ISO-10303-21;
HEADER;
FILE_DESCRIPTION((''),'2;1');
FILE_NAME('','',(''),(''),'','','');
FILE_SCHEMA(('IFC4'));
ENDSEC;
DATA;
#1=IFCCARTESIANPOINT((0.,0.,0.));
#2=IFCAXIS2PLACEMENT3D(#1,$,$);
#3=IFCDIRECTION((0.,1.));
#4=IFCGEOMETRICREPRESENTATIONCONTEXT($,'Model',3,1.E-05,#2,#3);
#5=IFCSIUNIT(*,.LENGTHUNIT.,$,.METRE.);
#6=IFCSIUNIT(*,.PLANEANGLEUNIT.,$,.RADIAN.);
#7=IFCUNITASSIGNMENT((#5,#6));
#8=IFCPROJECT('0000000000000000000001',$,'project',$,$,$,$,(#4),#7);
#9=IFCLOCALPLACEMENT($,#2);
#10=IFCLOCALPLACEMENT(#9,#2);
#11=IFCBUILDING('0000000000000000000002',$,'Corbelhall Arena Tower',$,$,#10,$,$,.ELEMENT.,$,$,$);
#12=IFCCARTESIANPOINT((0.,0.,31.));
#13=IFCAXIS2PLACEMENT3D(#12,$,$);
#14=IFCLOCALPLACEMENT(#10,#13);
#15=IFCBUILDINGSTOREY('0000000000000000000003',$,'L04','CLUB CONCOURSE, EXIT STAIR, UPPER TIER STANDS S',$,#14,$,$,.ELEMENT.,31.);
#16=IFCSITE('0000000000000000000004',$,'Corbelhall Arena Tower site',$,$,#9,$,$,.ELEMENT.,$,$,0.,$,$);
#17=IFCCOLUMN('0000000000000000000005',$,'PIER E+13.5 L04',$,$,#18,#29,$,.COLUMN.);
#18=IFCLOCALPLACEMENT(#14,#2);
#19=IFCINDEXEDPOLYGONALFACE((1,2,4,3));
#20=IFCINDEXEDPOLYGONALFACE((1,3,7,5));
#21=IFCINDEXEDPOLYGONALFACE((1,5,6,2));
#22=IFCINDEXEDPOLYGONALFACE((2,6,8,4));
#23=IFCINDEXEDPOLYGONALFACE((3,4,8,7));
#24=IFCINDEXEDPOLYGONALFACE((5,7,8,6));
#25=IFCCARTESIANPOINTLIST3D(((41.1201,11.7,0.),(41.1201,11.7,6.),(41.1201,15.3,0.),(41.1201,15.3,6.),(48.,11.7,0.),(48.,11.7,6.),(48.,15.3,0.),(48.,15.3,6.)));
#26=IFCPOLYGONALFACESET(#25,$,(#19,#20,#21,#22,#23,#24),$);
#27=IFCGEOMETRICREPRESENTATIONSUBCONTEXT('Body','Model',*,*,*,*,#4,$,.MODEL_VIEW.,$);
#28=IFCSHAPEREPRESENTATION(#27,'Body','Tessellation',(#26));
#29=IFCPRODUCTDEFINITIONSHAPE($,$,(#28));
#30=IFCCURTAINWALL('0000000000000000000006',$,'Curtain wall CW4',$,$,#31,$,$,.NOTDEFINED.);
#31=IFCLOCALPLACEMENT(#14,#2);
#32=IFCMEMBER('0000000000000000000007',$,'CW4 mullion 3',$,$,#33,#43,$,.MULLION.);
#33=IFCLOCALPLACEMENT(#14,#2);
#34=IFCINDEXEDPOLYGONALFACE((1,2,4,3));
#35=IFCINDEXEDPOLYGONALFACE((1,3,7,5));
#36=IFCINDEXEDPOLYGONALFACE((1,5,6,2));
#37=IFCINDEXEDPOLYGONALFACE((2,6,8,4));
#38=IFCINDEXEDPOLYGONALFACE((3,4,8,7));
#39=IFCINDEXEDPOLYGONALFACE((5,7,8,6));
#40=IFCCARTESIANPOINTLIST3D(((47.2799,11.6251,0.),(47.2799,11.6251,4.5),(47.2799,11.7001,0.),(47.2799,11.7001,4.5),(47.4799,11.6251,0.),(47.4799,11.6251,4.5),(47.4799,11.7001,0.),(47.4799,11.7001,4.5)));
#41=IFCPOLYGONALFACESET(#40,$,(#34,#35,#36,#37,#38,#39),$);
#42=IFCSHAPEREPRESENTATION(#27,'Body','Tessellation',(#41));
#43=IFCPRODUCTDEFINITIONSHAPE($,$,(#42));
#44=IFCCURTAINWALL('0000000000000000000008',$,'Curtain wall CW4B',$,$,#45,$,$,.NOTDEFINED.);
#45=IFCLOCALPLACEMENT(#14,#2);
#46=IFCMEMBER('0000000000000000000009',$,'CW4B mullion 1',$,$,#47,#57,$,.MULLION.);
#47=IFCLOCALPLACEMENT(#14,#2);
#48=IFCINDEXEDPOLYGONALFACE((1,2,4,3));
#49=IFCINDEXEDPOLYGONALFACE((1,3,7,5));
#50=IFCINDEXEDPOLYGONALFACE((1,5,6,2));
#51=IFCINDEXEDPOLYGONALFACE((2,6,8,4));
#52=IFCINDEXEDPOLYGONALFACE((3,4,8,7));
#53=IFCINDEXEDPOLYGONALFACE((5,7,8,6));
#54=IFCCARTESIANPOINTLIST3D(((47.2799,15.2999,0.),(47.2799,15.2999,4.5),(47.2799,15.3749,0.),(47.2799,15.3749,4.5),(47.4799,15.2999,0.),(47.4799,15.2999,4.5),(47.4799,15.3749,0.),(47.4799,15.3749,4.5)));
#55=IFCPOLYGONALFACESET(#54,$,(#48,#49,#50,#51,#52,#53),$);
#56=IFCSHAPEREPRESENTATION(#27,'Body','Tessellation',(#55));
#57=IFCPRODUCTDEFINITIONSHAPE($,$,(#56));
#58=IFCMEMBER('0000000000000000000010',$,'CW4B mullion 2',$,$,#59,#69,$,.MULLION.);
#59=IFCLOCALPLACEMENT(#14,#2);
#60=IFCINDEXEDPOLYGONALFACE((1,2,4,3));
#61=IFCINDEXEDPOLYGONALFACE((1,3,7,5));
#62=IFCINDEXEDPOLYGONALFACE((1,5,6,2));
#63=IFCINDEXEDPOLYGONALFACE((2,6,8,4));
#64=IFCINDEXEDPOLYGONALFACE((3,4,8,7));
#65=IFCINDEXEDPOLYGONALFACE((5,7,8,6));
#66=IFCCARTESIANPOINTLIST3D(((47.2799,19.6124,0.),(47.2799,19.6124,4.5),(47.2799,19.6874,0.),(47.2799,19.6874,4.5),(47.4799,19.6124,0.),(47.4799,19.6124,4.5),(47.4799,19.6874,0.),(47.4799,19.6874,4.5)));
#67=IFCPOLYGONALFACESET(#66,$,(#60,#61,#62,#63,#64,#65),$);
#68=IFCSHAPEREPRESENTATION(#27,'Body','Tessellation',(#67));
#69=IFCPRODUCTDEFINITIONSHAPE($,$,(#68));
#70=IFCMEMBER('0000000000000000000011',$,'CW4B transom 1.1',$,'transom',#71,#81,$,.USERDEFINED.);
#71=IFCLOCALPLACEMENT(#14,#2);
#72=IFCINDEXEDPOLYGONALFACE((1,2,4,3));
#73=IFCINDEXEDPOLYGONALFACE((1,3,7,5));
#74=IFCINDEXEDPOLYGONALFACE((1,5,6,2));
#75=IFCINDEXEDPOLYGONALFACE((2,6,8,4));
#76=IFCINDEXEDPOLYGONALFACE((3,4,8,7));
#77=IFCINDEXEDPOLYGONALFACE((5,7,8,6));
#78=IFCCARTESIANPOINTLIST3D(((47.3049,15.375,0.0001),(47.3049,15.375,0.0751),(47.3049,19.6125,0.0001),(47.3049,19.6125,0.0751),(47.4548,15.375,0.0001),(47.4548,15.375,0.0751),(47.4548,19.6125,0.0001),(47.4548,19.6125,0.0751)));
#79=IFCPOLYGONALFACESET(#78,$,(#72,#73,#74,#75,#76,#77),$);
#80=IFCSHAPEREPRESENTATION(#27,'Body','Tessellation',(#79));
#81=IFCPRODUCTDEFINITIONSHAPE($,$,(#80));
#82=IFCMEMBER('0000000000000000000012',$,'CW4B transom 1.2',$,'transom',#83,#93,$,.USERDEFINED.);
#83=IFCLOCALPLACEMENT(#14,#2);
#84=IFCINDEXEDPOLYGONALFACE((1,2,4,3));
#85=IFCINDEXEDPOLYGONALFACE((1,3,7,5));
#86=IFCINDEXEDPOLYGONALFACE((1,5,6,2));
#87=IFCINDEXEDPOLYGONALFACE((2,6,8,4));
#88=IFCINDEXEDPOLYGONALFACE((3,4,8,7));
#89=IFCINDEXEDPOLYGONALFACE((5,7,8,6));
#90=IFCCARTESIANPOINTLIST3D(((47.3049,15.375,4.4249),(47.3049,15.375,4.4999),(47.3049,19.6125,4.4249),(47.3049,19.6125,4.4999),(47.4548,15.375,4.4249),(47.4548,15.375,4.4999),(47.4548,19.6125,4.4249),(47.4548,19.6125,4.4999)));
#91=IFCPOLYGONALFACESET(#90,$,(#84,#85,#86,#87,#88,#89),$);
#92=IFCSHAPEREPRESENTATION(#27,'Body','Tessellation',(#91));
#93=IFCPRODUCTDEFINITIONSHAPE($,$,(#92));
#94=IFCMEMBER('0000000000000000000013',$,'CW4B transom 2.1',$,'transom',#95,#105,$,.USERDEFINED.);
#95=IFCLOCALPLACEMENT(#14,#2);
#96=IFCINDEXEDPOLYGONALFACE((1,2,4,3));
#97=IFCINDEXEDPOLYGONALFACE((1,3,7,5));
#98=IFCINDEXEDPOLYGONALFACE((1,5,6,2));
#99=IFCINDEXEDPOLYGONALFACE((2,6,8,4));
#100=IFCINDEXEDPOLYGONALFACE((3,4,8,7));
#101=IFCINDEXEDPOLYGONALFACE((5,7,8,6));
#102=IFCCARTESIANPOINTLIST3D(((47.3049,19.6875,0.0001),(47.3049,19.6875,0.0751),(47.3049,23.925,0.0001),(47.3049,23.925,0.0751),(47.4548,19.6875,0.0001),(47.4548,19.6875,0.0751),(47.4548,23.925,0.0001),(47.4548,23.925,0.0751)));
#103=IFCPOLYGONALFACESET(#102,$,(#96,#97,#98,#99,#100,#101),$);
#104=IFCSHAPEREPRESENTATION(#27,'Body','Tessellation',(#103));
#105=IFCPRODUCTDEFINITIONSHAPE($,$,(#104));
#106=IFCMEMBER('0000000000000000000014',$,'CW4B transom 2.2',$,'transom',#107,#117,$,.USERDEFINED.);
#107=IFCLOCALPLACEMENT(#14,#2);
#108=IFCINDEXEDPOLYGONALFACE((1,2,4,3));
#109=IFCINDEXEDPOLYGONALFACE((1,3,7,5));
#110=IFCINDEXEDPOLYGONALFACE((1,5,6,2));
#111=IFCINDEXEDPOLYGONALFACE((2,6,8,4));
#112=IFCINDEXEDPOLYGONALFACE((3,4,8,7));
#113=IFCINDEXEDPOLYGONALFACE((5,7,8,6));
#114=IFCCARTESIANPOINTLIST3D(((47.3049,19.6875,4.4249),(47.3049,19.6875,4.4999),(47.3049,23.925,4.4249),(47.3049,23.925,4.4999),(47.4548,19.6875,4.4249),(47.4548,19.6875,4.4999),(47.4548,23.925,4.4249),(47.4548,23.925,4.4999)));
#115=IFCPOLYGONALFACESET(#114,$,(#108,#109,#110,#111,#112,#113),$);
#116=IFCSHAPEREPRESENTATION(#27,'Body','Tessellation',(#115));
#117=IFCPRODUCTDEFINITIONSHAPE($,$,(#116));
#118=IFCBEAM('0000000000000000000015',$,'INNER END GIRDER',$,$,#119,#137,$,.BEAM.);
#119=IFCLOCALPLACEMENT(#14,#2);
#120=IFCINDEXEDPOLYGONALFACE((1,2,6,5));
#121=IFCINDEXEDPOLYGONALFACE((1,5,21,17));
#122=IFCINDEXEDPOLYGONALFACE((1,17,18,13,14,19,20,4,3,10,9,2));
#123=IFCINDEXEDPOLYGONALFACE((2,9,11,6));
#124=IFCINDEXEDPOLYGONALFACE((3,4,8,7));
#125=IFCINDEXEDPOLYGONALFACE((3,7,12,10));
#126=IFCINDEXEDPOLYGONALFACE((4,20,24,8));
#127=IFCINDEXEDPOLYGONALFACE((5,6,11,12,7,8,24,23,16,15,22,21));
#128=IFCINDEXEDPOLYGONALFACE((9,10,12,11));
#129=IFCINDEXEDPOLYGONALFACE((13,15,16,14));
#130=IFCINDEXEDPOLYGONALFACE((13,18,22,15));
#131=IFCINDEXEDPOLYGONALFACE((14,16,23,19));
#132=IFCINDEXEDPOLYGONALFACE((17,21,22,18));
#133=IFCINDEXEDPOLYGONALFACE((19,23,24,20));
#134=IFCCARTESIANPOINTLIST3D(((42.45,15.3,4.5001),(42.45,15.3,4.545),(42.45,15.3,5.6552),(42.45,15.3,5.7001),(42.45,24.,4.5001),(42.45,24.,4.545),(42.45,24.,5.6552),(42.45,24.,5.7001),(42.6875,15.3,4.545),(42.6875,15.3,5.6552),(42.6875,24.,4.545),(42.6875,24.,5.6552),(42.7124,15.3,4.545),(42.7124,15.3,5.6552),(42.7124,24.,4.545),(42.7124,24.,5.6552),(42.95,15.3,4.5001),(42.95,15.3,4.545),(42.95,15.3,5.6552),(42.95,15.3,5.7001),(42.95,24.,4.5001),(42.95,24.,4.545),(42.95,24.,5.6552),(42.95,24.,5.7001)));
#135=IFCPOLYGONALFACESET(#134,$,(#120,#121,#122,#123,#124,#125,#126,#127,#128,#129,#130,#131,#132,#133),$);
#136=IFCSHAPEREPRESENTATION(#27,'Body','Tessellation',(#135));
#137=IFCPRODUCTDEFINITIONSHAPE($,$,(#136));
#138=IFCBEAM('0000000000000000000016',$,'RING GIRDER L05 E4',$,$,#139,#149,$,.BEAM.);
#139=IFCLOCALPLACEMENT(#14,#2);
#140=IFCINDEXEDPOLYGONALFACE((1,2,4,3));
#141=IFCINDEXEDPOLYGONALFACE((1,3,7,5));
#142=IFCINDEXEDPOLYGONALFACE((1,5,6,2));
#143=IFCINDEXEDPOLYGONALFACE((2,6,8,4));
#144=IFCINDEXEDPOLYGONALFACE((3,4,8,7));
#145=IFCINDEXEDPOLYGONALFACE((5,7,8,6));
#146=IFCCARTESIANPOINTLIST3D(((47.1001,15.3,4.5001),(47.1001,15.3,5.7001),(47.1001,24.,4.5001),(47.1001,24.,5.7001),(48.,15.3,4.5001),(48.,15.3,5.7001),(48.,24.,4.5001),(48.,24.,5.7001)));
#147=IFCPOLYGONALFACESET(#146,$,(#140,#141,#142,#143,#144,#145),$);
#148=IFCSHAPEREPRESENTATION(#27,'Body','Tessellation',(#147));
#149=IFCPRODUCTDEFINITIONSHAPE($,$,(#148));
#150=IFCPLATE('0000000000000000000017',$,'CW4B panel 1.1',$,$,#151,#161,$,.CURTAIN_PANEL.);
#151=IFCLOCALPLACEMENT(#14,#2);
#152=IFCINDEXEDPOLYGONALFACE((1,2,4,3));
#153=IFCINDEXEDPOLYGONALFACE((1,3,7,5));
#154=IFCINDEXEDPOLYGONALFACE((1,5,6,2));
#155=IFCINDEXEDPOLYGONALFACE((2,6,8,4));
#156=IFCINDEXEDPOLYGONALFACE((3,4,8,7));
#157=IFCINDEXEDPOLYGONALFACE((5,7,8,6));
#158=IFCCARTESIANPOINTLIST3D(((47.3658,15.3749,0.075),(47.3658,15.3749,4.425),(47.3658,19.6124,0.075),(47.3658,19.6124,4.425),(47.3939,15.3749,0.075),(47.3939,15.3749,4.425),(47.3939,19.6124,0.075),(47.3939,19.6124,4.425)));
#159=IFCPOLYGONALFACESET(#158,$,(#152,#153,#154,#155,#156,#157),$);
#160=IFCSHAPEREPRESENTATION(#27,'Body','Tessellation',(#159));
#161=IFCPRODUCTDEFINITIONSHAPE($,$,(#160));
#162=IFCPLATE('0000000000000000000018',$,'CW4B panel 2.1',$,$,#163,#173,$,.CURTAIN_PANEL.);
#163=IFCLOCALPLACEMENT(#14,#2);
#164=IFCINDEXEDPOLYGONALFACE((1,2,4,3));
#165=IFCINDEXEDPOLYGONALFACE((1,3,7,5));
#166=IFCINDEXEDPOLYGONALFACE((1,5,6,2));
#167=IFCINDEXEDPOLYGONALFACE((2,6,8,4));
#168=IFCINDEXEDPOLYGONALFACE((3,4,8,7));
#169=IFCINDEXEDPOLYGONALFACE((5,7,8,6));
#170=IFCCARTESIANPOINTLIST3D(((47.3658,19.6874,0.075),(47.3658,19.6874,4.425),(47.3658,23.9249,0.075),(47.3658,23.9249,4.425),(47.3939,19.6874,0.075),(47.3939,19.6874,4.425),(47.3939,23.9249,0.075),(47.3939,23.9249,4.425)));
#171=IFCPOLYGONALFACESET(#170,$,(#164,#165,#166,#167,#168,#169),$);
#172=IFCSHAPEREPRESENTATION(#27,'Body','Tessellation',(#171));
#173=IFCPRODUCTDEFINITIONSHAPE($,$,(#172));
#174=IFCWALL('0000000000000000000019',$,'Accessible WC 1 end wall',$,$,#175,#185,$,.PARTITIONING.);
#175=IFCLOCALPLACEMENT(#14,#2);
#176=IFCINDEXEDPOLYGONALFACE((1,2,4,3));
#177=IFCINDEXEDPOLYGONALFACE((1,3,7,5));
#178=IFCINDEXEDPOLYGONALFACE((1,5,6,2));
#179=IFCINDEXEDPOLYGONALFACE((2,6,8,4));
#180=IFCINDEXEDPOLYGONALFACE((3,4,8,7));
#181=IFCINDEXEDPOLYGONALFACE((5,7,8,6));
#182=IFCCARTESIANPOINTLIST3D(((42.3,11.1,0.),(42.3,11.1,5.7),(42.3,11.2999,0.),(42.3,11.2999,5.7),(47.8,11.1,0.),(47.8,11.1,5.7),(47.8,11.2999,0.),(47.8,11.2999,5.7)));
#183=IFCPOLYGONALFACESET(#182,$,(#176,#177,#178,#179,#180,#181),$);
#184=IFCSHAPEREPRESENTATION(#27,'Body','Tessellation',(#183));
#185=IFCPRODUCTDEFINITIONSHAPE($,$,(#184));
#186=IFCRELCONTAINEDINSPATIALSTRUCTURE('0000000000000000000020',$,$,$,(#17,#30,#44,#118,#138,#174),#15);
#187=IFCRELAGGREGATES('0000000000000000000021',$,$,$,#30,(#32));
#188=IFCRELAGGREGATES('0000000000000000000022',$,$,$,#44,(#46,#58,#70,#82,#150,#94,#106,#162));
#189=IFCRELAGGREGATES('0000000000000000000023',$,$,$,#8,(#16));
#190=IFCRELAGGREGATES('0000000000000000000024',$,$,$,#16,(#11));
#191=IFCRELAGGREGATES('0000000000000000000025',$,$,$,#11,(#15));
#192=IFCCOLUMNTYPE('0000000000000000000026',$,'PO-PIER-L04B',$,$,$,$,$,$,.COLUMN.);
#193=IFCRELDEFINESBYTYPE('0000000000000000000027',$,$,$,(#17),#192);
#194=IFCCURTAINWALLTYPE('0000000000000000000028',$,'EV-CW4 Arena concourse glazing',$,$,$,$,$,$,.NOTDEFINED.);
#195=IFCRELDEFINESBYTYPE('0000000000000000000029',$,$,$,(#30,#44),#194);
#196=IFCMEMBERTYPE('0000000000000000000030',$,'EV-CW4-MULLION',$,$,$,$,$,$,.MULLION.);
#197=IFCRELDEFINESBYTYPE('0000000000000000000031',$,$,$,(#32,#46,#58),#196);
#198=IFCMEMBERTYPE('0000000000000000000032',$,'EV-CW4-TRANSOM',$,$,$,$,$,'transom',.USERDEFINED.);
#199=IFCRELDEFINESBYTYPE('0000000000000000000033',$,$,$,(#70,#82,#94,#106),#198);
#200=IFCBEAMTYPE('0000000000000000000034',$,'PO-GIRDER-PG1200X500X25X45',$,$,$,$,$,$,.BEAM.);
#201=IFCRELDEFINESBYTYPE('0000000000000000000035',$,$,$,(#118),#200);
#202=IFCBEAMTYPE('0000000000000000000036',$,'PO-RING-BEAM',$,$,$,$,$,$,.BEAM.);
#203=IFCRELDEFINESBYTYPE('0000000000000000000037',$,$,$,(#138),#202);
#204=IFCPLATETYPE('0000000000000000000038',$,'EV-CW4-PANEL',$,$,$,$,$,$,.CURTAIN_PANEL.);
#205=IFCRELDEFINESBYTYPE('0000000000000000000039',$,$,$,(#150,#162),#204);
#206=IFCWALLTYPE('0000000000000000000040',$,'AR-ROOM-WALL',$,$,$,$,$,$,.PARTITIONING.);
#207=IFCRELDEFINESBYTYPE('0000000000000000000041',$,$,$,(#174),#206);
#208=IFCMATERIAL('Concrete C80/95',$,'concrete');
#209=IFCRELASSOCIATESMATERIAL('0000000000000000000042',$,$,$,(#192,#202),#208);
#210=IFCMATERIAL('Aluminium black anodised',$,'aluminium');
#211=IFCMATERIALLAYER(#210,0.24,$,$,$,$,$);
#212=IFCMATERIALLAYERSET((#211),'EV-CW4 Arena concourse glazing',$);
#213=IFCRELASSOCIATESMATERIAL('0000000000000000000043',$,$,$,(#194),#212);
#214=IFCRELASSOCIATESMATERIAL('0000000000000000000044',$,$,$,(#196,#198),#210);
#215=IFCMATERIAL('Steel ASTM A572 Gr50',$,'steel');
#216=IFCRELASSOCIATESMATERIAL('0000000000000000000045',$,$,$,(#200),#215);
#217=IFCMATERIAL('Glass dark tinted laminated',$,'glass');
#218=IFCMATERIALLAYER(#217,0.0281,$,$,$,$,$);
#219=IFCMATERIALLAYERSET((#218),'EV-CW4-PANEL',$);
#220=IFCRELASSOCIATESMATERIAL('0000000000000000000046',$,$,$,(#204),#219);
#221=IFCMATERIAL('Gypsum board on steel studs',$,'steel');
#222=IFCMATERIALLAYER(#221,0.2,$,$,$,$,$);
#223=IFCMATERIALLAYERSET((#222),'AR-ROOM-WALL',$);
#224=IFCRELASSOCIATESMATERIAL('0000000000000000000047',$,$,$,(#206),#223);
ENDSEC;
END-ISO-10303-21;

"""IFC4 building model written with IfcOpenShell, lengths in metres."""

from ifc_helpers import new_model, si_unit, direction, frame, frame_2d, origin, origin_2d, place, context, subcontext, project, spatial, rectangle, i_section, extrude, material, layer, layer_set, material_profile, profile_set, type_object, element, aggregate, save


model = new_model("IFC4")

# Units and contexts
model_context = context("Model", 3, precision=1e-05, world=origin(), true_north=direction((0.0, 1.0)))
body_context = subcontext(model_context, "Body", "Model", "MODEL_VIEW")
ifc_project = project(units=[si_unit("LENGTHUNIT", "METRE"), si_unit("PLANEANGLEUNIT", "RADIAN")], contexts=[model_context])

# Site, building, storey
site_placement = place(None, origin())
site = spatial("IfcSite", under=ifc_project, at=site_placement, Name="Corbelhall Arena Tower site", CompositionType="ELEMENT", RefElevation=0.0)
building_placement = place(site_placement, origin())
building = spatial("IfcBuilding", under=site, at=building_placement, Name="Corbelhall Arena Tower", CompositionType="ELEMENT")
storey_placement = place(building_placement, frame((0.0, 0.0, 31.0)))
storey = spatial("IfcBuildingStorey", under=building, at=storey_placement, Name="L04", Description="CLUB CONCOURSE, EXIT STAIR, UPPER TIER STANDS S", CompositionType="ELEMENT", Elevation=31.0)

# Column
ifc_material_1 = material(Name="Concrete C80/95", Category="concrete")
ifc_material_profile_1 = material_profile(ifc_material_1, rectangle(XDim=3.6001, YDim=6.8799, at=origin_2d()))
ifc_profile_set_1 = profile_set([ifc_material_profile_1], Name="Concrete C80/95")
column_type = type_object("IfcColumnType", Name="PO-PIER-L04B", PredefinedType="COLUMN", material=ifc_profile_set_1)
column_placement = place(storey_placement, frame((44.5601, 13.5, 0.0), z_axis=(0.0, 0.0, 1.0), x_axis=(0.0, 1.0, 0.0)))
element("IfcColumn", 1, at=column_placement, inside=storey, type_object=column_type, Name="PIER E+13.5 L04", PredefinedType="COLUMN", context=body_context, shape_type="SweptSolid", body=[
    extrude(rectangle(XDim=3.6001, YDim=6.8799, at=origin_2d()), origin(), (0.0, 0.0, 1.0), 6.0),
])

# Curtain wall, member
ifc_material_2 = material(Name="Aluminium black anodised", Category="aluminium")
ifc_layer_1 = layer(ifc_material_2, 0.24)
ifc_layer_set_1 = layer_set([ifc_layer_1], Name="EV-CW4 Arena concourse glazing")
curtain_wall_type = type_object("IfcCurtainWallType", Name="EV-CW4 Arena concourse glazing", PredefinedType="NOTDEFINED", material=ifc_layer_set_1)
curtain_wall_1_placement = place(storey_placement, origin())
curtain_wall_1 = element("IfcCurtainWall", 2, at=curtain_wall_1_placement, inside=storey, type_object=curtain_wall_type, Name="Curtain wall CW4", PredefinedType="NOTDEFINED")
ifc_material_profile_2 = material_profile(ifc_material_2, rectangle(XDim=0.2, YDim=0.075, at=origin_2d()))
ifc_profile_set_2 = profile_set([ifc_material_profile_2], Name="Aluminium black anodised")
member_type_1 = type_object("IfcMemberType", Name="EV-CW4-MULLION", PredefinedType="MULLION", material=ifc_profile_set_2)
member_1_placement = place(storey_placement, frame((47.3799, 11.6626, 0.0), z_axis=(0.0, 0.0, 1.0), x_axis=(-1.0, 0.0, 0.0)))
member_1 = element("IfcMember", 3, at=member_1_placement, type_object=member_type_1, Name="CW4 mullion 3", PredefinedType="MULLION", context=body_context, shape_type="SweptSolid", body=[
    extrude(rectangle(XDim=0.2, YDim=0.075, at=origin_2d()), origin(), (0.0, 0.0, 1.0), 4.5),
])
aggregate(curtain_wall_1, [member_1])

# Curtain wall, members
curtain_wall_2_placement = place(storey_placement, origin())
curtain_wall_2 = element("IfcCurtainWall", 4, at=curtain_wall_2_placement, inside=storey, type_object=curtain_wall_type, Name="Curtain wall CW4B", PredefinedType="NOTDEFINED")
member_2_placement = place(storey_placement, frame((47.3799, 15.3374, 0.0), z_axis=(0.0, 0.0, 1.0), x_axis=(-1.0, 0.0, 0.0)))
member_2 = element("IfcMember", 5, at=member_2_placement, type_object=member_type_1, Name="CW4B mullion 1", PredefinedType="MULLION", context=body_context, shape_type="SweptSolid", body=[
    extrude(rectangle(XDim=0.2, YDim=0.075, at=origin_2d()), origin(), (0.0, 0.0, 1.0), 4.5),
])
member_3_placement = place(storey_placement, frame((47.3799, 19.6499, 0.0), z_axis=(0.0, 0.0, 1.0), x_axis=(-1.0, 0.0, 0.0)))
member_3 = element("IfcMember", 6, at=member_3_placement, type_object=member_type_1, Name="CW4B mullion 2", PredefinedType="MULLION", context=body_context, shape_type="SweptSolid", body=[
    extrude(rectangle(XDim=0.2, YDim=0.075, at=origin_2d()), origin(), (0.0, 0.0, 1.0), 4.5),
])
ifc_material_profile_3 = material_profile(ifc_material_2, rectangle(XDim=0.1499, YDim=0.075, at=origin_2d()))
ifc_profile_set_3 = profile_set([ifc_material_profile_3], Name="Aluminium black anodised")
member_type_2 = type_object("IfcMemberType", Name="EV-CW4-TRANSOM", ElementType="transom", PredefinedType="USERDEFINED", material=ifc_profile_set_3)
member_4_placement = place(storey_placement, frame((47.3799, 15.375, 0.0376), z_axis=(0.0, 1.0, 0.0), x_axis=(-1.0, 0.0, 0.0)))
member_4 = element("IfcMember", 7, at=member_4_placement, type_object=member_type_2, Name="CW4B transom 1.1", ObjectType="transom", PredefinedType="USERDEFINED", context=body_context, shape_type="SweptSolid", body=[
    extrude(rectangle(XDim=0.1499, YDim=0.075, at=origin_2d()), origin(), (0.0, 0.0, 1.0), 4.2375),
])
member_5_placement = place(storey_placement, frame((47.3799, 15.375, 4.4624), z_axis=(0.0, 1.0, 0.0), x_axis=(-1.0, 0.0, 0.0)))
member_5 = element("IfcMember", 8, at=member_5_placement, type_object=member_type_2, Name="CW4B transom 1.2", ObjectType="transom", PredefinedType="USERDEFINED", context=body_context, shape_type="SweptSolid", body=[
    extrude(rectangle(XDim=0.1499, YDim=0.075, at=origin_2d()), origin(), (0.0, 0.0, 1.0), 4.2375),
])
member_6_placement = place(storey_placement, frame((47.3799, 19.6875, 0.0376), z_axis=(0.0, 1.0, 0.0), x_axis=(-1.0, 0.0, 0.0)))
member_6 = element("IfcMember", 9, at=member_6_placement, type_object=member_type_2, Name="CW4B transom 2.1", ObjectType="transom", PredefinedType="USERDEFINED", context=body_context, shape_type="SweptSolid", body=[
    extrude(rectangle(XDim=0.1499, YDim=0.075, at=origin_2d()), origin(), (0.0, 0.0, 1.0), 4.2375),
])
member_7_placement = place(storey_placement, frame((47.3799, 19.6875, 4.4624), z_axis=(0.0, 1.0, 0.0), x_axis=(-1.0, 0.0, 0.0)))
member_7 = element("IfcMember", 10, at=member_7_placement, type_object=member_type_2, Name="CW4B transom 2.2", ObjectType="transom", PredefinedType="USERDEFINED", context=body_context, shape_type="SweptSolid", body=[
    extrude(rectangle(XDim=0.1499, YDim=0.075, at=origin_2d()), origin(), (0.0, 0.0, 1.0), 4.2375),
])

# Beams
ifc_material_3 = material(Name="Steel ASTM A572 Gr50", Category="steel")
ifc_material_profile_4 = material_profile(ifc_material_3, i_section(OverallWidth=0.5, OverallDepth=1.2, WebThickness=0.0249, FlangeThickness=0.0449, at=origin_2d()))
ifc_profile_set_4 = profile_set([ifc_material_profile_4], Name="Steel ASTM A572 Gr50")
beam_type_1 = type_object("IfcBeamType", Name="PO-GIRDER-PG1200X500X25X45", PredefinedType="BEAM", material=ifc_profile_set_4)
beam_1_placement = place(storey_placement, frame((42.7, 15.3, 5.1001), z_axis=(0.0, 1.0, 0.0), x_axis=(-1.0, 0.0, 0.0)))
element("IfcBeam", 11, at=beam_1_placement, inside=storey, type_object=beam_type_1, Name="INNER END GIRDER", PredefinedType="BEAM", context=body_context, shape_type="SweptSolid", body=[
    extrude(i_section(OverallWidth=0.5, OverallDepth=1.2, WebThickness=0.0249, FlangeThickness=0.0449, at=origin_2d()), origin(), (0.0, 0.0, 1.0), 8.7),
])
ifc_material_profile_5 = material_profile(ifc_material_1, rectangle(XDim=0.8999, YDim=1.2, at=origin_2d()))
ifc_profile_set_5 = profile_set([ifc_material_profile_5], Name="Concrete C80/95")
beam_type_2 = type_object("IfcBeamType", Name="PO-RING-BEAM", PredefinedType="BEAM", material=ifc_profile_set_5)
beam_2_placement = place(storey_placement, frame((47.55, 15.3, 5.1001), z_axis=(0.0, 1.0, 0.0), x_axis=(-1.0, 0.0, 0.0)))
element("IfcBeam", 12, at=beam_2_placement, inside=storey, type_object=beam_type_2, Name="RING GIRDER L05 E4", PredefinedType="BEAM", context=body_context, shape_type="SweptSolid", body=[
    extrude(rectangle(XDim=0.8999, YDim=1.2, at=origin_2d()), origin(), (0.0, 0.0, 1.0), 8.7),
])

# Plates
ifc_material_4 = material(Name="Glass dark tinted laminated", Category="glass")
ifc_layer_2 = layer(ifc_material_4, 0.0281)
ifc_layer_set_2 = layer_set([ifc_layer_2], Name="EV-CW4-PANEL")
plate_type = type_object("IfcPlateType", Name="EV-CW4-PANEL", PredefinedType="CURTAIN_PANEL", material=ifc_layer_set_2)
plate_1_placement = place(storey_placement, frame((47.3799, 17.4937, 0.075), z_axis=(0.0, 0.0, 1.0), x_axis=(0.0, 1.0, 0.0)))
plate_1 = element("IfcPlate", 13, at=plate_1_placement, type_object=plate_type, Name="CW4B panel 1.1", PredefinedType="CURTAIN_PANEL", context=body_context, shape_type="SweptSolid", body=[
    extrude(rectangle(XDim=4.2375, YDim=0.0281, at=origin_2d()), origin(), (0.0, 0.0, 1.0), 4.3501),
])
plate_2_placement = place(storey_placement, frame((47.3799, 21.8062, 0.075), z_axis=(0.0, 0.0, 1.0), x_axis=(0.0, 1.0, 0.0)))
plate_2 = element("IfcPlate", 14, at=plate_2_placement, type_object=plate_type, Name="CW4B panel 2.1", PredefinedType="CURTAIN_PANEL", context=body_context, shape_type="SweptSolid", body=[
    extrude(rectangle(XDim=4.2375, YDim=0.0281, at=origin_2d()), origin(), (0.0, 0.0, 1.0), 4.3501),
])
aggregate(curtain_wall_2, [member_2, member_3, member_4, member_5, plate_1, member_6, member_7, plate_2])

# Wall
ifc_material_5 = material(Name="Gypsum board on steel studs", Category="steel")
ifc_layer_3 = layer(ifc_material_5, 0.2)
ifc_layer_set_3 = layer_set([ifc_layer_3], Name="AR-ROOM-WALL")
wall_type = type_object("IfcWallType", Name="AR-ROOM-WALL", PredefinedType="PARTITIONING", material=ifc_layer_set_3)
wall_1_placement = place(storey_placement, frame((42.3, 11.2, 0.0), z_axis=(0.0, 0.0, 1.0), x_axis=(1.0, 0.0, 0.0)))
element("IfcWall", 15, at=wall_1_placement, inside=storey, type_object=wall_type, Name="Accessible WC 1 end wall", PredefinedType="PARTITIONING", context=body_context, shape_type="SweptSolid", body=[
    extrude(rectangle(XDim=5.5, YDim=0.2, at=frame_2d((2.75, 0.0))), origin(), (0.0, 0.0, 1.0), 5.7),
])

save(model, "model.ifc")
